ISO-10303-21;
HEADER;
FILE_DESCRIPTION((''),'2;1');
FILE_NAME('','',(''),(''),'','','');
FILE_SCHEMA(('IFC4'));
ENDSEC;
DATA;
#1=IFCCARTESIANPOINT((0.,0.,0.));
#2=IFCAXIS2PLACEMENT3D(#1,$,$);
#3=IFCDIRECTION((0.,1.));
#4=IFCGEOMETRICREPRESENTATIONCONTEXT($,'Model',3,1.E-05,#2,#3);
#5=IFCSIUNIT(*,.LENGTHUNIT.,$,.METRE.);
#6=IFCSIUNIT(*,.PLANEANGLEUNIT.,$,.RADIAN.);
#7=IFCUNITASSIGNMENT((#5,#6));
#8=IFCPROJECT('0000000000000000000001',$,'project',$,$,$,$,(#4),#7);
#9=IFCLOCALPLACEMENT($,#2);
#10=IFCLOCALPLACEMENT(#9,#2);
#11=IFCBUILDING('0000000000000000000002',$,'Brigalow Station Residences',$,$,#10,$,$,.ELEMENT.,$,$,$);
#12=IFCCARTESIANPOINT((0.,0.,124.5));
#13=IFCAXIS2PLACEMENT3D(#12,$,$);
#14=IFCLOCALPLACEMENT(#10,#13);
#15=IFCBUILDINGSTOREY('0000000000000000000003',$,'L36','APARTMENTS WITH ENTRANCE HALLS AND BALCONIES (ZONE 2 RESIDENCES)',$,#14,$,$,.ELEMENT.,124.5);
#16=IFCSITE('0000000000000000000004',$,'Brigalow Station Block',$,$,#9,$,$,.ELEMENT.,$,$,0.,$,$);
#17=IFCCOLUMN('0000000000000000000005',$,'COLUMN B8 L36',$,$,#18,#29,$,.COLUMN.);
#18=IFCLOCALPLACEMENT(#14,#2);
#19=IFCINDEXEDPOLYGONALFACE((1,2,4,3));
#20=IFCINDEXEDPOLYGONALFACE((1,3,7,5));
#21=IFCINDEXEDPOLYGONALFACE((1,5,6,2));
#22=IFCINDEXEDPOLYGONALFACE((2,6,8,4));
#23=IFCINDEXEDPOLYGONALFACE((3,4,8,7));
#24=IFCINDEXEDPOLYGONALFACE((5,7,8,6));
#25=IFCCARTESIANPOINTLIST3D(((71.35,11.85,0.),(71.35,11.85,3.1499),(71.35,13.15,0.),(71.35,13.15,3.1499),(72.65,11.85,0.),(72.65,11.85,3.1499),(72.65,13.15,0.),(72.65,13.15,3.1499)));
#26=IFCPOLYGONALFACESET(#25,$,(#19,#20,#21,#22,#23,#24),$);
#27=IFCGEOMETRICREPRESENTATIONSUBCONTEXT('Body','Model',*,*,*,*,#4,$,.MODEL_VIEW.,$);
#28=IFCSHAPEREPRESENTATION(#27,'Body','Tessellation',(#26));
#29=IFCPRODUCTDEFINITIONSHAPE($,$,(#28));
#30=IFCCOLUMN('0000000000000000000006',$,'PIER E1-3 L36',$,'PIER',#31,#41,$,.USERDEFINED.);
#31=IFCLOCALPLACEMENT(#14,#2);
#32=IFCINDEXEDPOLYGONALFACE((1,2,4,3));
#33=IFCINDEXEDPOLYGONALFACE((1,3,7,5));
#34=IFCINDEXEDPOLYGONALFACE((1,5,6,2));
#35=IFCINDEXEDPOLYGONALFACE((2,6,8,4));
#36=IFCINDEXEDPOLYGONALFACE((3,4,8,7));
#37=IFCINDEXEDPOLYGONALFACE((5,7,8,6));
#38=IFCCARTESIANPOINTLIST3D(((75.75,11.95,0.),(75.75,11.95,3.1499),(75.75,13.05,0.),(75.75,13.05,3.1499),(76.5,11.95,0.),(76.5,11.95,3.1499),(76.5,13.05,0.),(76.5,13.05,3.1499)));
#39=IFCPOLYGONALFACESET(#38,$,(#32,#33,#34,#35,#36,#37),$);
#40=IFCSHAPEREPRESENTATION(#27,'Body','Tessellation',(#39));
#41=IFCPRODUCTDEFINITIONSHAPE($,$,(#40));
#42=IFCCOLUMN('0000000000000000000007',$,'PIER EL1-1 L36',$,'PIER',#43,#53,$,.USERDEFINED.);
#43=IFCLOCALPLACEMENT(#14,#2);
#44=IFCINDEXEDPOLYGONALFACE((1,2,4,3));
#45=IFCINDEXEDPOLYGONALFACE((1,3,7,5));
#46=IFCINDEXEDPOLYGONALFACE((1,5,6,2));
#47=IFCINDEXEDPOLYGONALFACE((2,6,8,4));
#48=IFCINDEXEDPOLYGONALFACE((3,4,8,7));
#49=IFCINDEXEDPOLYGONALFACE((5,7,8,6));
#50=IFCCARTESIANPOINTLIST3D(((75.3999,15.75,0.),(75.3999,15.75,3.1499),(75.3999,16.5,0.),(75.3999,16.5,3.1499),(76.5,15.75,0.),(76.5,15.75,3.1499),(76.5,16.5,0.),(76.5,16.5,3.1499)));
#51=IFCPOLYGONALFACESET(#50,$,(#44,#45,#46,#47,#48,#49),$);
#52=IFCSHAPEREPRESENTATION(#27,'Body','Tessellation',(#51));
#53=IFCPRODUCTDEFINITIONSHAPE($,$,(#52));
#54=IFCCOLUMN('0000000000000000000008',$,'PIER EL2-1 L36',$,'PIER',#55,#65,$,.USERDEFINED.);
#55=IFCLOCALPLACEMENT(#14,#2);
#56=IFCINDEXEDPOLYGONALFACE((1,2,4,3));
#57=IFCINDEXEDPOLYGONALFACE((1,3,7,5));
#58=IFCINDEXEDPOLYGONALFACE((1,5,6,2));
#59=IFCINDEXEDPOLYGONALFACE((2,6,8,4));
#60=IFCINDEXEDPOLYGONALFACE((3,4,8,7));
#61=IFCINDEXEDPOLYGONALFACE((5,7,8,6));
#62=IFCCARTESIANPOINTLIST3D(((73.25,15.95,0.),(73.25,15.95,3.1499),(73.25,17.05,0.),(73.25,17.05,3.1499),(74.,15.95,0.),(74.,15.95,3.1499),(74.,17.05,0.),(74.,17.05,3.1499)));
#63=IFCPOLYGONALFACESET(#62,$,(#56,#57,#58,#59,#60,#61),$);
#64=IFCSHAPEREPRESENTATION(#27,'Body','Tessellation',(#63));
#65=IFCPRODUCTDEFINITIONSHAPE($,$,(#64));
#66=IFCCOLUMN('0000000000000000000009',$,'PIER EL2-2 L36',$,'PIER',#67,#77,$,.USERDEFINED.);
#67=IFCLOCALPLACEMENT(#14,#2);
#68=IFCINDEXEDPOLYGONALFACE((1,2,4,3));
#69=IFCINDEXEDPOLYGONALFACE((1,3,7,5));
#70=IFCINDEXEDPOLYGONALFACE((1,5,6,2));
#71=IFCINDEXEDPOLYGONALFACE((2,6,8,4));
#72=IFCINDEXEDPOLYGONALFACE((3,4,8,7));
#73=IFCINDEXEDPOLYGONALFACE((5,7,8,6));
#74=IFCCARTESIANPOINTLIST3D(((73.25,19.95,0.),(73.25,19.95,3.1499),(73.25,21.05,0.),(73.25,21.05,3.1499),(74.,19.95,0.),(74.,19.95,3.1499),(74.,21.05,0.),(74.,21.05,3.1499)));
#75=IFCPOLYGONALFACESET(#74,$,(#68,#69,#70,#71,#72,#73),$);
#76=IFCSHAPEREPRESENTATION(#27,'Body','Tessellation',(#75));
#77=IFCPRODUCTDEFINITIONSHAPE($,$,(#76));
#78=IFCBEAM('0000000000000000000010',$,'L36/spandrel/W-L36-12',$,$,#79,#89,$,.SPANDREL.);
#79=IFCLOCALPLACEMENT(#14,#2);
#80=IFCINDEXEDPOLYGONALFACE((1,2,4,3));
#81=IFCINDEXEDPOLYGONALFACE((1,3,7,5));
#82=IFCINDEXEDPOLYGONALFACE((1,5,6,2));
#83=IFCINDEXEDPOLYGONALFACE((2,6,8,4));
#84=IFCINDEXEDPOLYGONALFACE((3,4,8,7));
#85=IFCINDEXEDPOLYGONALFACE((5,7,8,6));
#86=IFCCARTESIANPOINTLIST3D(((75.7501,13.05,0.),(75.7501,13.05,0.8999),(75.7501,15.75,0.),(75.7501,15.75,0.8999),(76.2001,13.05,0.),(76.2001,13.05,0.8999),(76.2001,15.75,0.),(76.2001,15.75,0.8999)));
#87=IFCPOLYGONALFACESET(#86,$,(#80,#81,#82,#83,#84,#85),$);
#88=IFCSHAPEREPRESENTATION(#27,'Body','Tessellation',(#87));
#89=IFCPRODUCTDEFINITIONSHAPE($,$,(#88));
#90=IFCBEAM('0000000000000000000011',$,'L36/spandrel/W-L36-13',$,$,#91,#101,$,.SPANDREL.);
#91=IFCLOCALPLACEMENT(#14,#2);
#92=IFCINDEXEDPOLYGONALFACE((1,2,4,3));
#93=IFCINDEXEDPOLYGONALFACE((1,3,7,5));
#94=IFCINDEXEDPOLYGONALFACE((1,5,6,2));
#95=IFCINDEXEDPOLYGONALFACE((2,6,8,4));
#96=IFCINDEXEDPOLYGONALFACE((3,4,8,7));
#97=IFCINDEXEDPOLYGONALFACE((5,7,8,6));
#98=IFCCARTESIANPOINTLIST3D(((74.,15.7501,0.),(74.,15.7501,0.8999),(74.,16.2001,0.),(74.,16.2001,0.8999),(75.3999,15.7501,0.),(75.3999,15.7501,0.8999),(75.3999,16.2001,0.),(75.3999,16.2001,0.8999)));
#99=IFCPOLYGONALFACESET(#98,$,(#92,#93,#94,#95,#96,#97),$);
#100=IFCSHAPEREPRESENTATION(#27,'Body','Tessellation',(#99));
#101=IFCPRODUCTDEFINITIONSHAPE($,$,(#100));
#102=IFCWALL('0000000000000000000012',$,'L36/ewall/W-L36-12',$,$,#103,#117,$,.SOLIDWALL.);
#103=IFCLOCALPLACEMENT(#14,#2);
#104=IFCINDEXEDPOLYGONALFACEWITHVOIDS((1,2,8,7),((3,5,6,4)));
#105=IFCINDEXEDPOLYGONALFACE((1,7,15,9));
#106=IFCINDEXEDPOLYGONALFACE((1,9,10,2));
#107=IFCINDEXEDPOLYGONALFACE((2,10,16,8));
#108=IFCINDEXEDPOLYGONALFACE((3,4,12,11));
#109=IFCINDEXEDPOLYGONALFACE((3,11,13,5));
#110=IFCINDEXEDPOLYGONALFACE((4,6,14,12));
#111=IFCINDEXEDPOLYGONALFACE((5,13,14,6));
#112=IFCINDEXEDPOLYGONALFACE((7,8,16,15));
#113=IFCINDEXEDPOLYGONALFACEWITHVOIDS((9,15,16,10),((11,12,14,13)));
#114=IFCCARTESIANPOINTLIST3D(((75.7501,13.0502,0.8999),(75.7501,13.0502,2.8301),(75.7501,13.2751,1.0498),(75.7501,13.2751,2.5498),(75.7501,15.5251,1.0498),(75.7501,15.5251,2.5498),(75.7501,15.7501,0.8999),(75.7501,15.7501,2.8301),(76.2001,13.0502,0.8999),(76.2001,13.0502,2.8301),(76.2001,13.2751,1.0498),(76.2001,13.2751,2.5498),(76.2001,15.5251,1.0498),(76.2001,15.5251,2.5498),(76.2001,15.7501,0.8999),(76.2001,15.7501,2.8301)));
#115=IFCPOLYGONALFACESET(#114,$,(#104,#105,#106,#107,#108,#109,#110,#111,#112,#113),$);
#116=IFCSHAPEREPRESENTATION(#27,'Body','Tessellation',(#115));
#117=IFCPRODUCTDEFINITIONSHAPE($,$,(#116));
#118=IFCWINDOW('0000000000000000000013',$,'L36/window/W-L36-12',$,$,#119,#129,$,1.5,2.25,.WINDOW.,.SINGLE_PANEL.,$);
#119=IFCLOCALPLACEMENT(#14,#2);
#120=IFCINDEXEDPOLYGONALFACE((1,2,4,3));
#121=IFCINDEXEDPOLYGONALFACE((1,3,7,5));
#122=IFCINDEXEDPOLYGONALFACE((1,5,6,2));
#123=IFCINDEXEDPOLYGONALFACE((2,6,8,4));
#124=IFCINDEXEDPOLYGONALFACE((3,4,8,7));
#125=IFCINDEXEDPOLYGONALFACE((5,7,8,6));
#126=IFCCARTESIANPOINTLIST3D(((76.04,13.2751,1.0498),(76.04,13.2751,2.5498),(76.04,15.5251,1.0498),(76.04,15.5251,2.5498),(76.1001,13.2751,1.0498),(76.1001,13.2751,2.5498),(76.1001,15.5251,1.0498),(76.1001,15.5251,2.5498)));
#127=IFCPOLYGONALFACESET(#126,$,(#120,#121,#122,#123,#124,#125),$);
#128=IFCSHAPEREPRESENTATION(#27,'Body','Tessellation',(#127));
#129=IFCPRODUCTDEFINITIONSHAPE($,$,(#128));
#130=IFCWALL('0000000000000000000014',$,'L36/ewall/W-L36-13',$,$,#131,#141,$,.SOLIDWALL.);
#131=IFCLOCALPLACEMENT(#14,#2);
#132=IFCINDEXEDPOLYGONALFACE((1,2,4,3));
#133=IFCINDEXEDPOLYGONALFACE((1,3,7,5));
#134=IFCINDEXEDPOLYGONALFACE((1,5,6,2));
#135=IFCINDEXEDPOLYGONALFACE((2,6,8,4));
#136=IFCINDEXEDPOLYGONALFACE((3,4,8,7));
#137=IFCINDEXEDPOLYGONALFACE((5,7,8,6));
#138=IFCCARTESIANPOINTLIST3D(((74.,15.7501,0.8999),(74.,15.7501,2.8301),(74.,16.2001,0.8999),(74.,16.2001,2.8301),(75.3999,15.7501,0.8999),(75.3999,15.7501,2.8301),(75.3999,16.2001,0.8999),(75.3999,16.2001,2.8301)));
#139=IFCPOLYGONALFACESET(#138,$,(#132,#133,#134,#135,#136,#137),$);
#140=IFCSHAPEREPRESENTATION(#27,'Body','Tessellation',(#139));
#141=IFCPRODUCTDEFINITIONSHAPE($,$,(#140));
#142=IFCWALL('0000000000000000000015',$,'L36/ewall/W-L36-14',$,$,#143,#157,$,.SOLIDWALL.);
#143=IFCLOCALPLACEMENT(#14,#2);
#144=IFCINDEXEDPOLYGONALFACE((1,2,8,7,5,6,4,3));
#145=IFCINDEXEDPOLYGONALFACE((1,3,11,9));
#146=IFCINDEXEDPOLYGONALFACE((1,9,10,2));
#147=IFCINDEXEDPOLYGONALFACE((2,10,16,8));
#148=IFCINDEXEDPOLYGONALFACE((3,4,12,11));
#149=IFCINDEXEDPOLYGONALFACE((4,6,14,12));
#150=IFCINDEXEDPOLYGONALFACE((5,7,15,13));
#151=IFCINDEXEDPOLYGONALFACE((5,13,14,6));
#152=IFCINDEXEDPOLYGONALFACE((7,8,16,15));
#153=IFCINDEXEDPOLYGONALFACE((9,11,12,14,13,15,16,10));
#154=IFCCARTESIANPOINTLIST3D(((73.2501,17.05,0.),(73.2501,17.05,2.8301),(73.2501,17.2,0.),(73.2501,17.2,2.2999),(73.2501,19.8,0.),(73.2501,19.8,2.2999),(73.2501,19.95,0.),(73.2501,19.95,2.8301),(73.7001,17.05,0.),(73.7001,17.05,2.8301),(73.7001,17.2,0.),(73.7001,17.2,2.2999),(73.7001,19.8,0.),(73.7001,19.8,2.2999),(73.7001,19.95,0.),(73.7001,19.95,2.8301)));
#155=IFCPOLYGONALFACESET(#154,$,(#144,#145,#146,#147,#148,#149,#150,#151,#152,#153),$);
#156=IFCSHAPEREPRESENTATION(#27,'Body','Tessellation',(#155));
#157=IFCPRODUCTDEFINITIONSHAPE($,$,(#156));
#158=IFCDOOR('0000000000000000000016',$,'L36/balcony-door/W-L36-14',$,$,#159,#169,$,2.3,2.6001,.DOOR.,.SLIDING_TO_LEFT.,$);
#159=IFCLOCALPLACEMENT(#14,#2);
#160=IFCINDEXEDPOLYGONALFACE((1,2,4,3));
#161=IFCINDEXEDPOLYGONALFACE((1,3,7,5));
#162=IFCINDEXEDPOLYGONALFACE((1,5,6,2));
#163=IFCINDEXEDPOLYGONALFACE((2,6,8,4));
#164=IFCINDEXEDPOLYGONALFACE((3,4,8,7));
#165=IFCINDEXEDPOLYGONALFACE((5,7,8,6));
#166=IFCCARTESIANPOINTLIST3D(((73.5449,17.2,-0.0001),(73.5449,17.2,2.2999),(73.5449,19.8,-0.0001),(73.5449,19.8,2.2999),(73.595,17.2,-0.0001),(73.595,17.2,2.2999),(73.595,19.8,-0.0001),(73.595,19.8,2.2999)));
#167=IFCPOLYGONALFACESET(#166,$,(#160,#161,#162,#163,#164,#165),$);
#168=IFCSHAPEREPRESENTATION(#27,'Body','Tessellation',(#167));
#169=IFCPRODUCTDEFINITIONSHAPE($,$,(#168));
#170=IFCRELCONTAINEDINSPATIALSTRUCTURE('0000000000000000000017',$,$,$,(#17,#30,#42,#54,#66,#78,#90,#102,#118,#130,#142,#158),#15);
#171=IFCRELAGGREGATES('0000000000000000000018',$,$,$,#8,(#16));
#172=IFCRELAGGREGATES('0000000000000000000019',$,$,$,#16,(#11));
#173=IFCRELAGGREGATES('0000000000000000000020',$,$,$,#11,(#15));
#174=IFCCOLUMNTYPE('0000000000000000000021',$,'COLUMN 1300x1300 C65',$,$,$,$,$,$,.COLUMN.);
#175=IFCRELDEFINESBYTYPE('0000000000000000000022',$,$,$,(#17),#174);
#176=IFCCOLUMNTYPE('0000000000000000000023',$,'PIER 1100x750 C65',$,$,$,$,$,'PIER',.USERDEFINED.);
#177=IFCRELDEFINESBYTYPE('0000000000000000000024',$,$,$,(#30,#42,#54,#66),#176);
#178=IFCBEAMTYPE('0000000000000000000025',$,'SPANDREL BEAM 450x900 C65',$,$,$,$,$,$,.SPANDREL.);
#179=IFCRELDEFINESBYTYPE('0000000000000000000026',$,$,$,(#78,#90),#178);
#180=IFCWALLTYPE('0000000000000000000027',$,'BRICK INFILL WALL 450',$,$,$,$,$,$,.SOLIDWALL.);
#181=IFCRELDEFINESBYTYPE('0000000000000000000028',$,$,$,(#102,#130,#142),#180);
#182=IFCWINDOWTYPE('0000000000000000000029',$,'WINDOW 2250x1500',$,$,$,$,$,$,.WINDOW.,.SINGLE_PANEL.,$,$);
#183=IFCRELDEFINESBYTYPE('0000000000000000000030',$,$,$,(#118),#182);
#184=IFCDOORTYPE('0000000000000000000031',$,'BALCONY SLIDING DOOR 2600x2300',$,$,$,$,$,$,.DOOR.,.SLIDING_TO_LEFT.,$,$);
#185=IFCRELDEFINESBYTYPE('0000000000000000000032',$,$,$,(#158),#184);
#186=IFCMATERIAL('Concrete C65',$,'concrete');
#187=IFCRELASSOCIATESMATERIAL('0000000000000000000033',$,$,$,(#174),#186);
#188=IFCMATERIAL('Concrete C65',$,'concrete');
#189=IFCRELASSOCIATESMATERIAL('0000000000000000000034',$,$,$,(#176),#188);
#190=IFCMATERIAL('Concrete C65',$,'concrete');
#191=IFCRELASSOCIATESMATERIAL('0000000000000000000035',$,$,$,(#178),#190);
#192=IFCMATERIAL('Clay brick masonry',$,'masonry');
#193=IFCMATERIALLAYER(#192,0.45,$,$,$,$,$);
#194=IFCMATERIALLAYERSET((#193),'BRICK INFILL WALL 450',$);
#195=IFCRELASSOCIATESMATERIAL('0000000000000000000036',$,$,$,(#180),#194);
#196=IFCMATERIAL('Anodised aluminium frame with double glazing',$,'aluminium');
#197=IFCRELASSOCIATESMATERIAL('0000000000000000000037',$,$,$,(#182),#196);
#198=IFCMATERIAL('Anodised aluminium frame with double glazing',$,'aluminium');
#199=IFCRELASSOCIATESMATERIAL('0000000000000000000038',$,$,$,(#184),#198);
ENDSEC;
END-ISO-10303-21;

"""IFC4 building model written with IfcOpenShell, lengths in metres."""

from ifc_helpers import new_model, si_unit, direction, frame, frame_2d, origin, origin_2d, place, context, subcontext, project, spatial, rectangle, extrude, material, layer, layer_set, material_profile, profile_set, type_object, element, fill, save


model = new_model("IFC4")

# Units and contexts
model_context = context("Model", 3, precision=1e-05, world=origin(), true_north=direction((0.0, 1.0)))
body_context = subcontext(model_context, "Body", "Model", "MODEL_VIEW")
ifc_project = project(units=[si_unit("LENGTHUNIT", "METRE"), si_unit("PLANEANGLEUNIT", "RADIAN")], contexts=[model_context])

# Site, building, storey
site_placement = place(None, origin())
site = spatial("IfcSite", under=ifc_project, at=site_placement, Name="Brigalow Station Block", CompositionType="ELEMENT", RefElevation=0.0)
building_placement = place(site_placement, origin())
building = spatial("IfcBuilding", under=site, at=building_placement, Name="Brigalow Station Residences", CompositionType="ELEMENT")
storey_placement = place(building_placement, frame((0.0, 0.0, 124.5)))
storey = spatial("IfcBuildingStorey", under=building, at=storey_placement, Name="L36", Description="APARTMENTS WITH ENTRANCE HALLS AND BALCONIES (ZONE 2 RESIDENCES)", CompositionType="ELEMENT", Elevation=124.5)

# Columns
ifc_material_1 = material(Name="Concrete C65", Category="concrete")
ifc_material_profile_1 = material_profile(ifc_material_1, rectangle(XDim=1.3, YDim=1.3, at=origin_2d()), Name="RC1300x1300")
ifc_profile_set_1 = profile_set([ifc_material_profile_1], Name="Concrete C65")
column_type_1 = type_object("IfcColumnType", Name="COLUMN 1300x1300 C65", PredefinedType="COLUMN", material=ifc_profile_set_1)
column_placement = place(storey_placement, frame((72.0, 12.5, 0.0), z_axis=(0.0, 0.0, 1.0), x_axis=(1.0, 0.0, 0.0)))
element("IfcColumn", 1, at=column_placement, inside=storey, type_object=column_type_1, Name="COLUMN B8 L36", PredefinedType="COLUMN", context=body_context, shape_type="SweptSolid", body=[
    extrude(rectangle(XDim=1.3, YDim=1.3, at=origin_2d()), origin(), (0.0, 0.0, 1.0), 3.1499),
])
ifc_material_2 = material(Name="Concrete C65", Category="concrete")
ifc_material_profile_2 = material_profile(ifc_material_2, rectangle(XDim=1.1001, YDim=0.75, at=origin_2d()), Name="RC1100x750")
ifc_profile_set_2 = profile_set([ifc_material_profile_2], Name="Concrete C65")
column_type_2 = type_object("IfcColumnType", Name="PIER 1100x750 C65", ElementType="PIER", PredefinedType="USERDEFINED", material=ifc_profile_set_2)
for number, where, z_axis, x_axis, name in (
    (2, (76.125, 12.5, 0.0), (0.0, 0.0, 1.0), (0.0, 1.0, 0.0), "PIER E1-3 L36"),
    (3, (75.95, 16.125, 0.0), (0.0, 0.0, 1.0), (-1.0, 0.0, 0.0), "PIER EL1-1 L36"),
    (4, (73.625, 16.5, 0.0), (0.0, 0.0, 1.0), (0.0, 1.0, 0.0), "PIER EL2-1 L36"),
    (5, (73.625, 20.5, 0.0), (0.0, 0.0, 1.0), (0.0, 1.0, 0.0), "PIER EL2-2 L36"),
):
    element("IfcColumn", number, at=place(storey_placement, frame(where, z_axis=z_axis, x_axis=x_axis)), inside=storey, type_object=column_type_2, Name=name, ObjectType="PIER", PredefinedType="USERDEFINED", context=body_context, shape_type="SweptSolid", body=[
        extrude(rectangle(XDim=1.1001, YDim=0.75, at=origin_2d()), origin(), (0.0, 0.0, 1.0), 3.1499),
    ])

# Beams
ifc_material_3 = material(Name="Concrete C65", Category="concrete")
ifc_material_profile_3 = material_profile(ifc_material_3, rectangle(XDim=0.45, YDim=0.8999, at=origin_2d()), Name="RC450x900")
ifc_profile_set_3 = profile_set([ifc_material_profile_3], Name="Concrete C65")
beam_type = type_object("IfcBeamType", Name="SPANDREL BEAM 450x900 C65", PredefinedType="SPANDREL", material=ifc_profile_set_3)
beam_1_placement = place(storey_placement, frame((75.9751, 13.05, 0.45), z_axis=(0.0, 1.0, 0.0), x_axis=(-1.0, 0.0, 0.0)))
element("IfcBeam", 6, at=beam_1_placement, inside=storey, type_object=beam_type, Name="L36/spandrel/W-L36-12", PredefinedType="SPANDREL", context=body_context, shape_type="SweptSolid", body=[
    extrude(rectangle(XDim=0.45, YDim=0.8999, at=origin_2d()), origin(), (0.0, 0.0, 1.0), 2.7),
])
beam_2_placement = place(storey_placement, frame((75.3999, 15.9751, 0.45), z_axis=(-1.0, 0.0, 0.0), x_axis=(0.0, -1.0, 0.0)))
element("IfcBeam", 7, at=beam_2_placement, inside=storey, type_object=beam_type, Name="L36/spandrel/W-L36-13", PredefinedType="SPANDREL", context=body_context, shape_type="SweptSolid", body=[
    extrude(rectangle(XDim=0.45, YDim=0.8999, at=origin_2d()), origin(), (0.0, 0.0, 1.0), 1.3999),
])

# Wall, opening, window
ifc_material_4 = material(Name="Clay brick masonry", Category="masonry")
ifc_layer_1 = layer(ifc_material_4, 0.45)
ifc_layer_set_1 = layer_set([ifc_layer_1], Name="BRICK INFILL WALL 450")
wall_type_1 = type_object("IfcWallType", Name="BRICK INFILL WALL 450", PredefinedType="SOLIDWALL", material=ifc_layer_set_1)
wall_1_placement = place(storey_placement, frame((75.9751, 13.05, 0.8999), z_axis=(0.0, 0.0, 1.0), x_axis=(0.0, 1.0, 0.0)))
wall_1 = element("IfcWall", 8, at=wall_1_placement, inside=storey, type_object=wall_type_1, Name="L36/ewall/W-L36-12", PredefinedType="SOLIDWALL", context=body_context, shape_type="SweptSolid", body=[
    extrude(rectangle(XDim=2.7, YDim=0.45, at=frame_2d((1.3501, 0.0))), origin(), (0.0, 0.0, 1.0), 1.9302),
])
opening_1_placement = place(wall_1_placement, frame((0.2251, 0.0, 0.1499)))
opening_1 = element("IfcOpeningElement", 9, at=opening_1_placement, cuts=wall_1, PredefinedType="OPENING", context=body_context, shape_type="SweptSolid", body=[
    extrude(rectangle(XDim=2.25, YDim=1.5, at=frame_2d((1.125, 0.75))), frame((0.0, 0.2349, 0.0), z_axis=(0.0, -1.0, 0.0), x_axis=(1.0, 0.0, 0.0)), (0.0, 0.0, 1.0), 0.47),
])
ifc_material_5 = material(Name="Anodised aluminium frame with double glazing", Category="aluminium")
window_type = type_object("IfcWindowType", Name="WINDOW 2250x1500", PartitioningType="SINGLE_PANEL", PredefinedType="WINDOW", material=ifc_material_5)
window_placement = place(opening_1_placement, origin())
window = element("IfcWindow", 10, at=window_placement, inside=storey, type_object=window_type, Name="L36/window/W-L36-12", OverallHeight=1.5, OverallWidth=2.25, PartitioningType="SINGLE_PANEL", PredefinedType="WINDOW", context=body_context, shape_type="SweptSolid", body=[
    extrude(rectangle(XDim=2.25, YDim=1.5, at=frame_2d((1.125, 0.75))), frame((0.0, -0.0649, 0.0), z_axis=(0.0, -1.0, 0.0), x_axis=(1.0, 0.0, 0.0)), (0.0, 0.0, 1.0), 0.0601),
])
fill(opening_1, window)

# Wall
wall_2_placement = place(storey_placement, frame((75.3999, 15.9751, 0.8999), z_axis=(0.0, 0.0, 1.0), x_axis=(-1.0, 0.0, 0.0)))
element("IfcWall", 11, at=wall_2_placement, inside=storey, type_object=wall_type_1, Name="L36/ewall/W-L36-13", PredefinedType="SOLIDWALL", context=body_context, shape_type="SweptSolid", body=[
    extrude(rectangle(XDim=1.3999, YDim=0.45, at=frame_2d((0.7, 0.0))), origin(), (0.0, 0.0, 1.0), 1.9302),
])

# Wall, opening, door
wall_3_placement = place(storey_placement, frame((73.4751, 17.05, 0.0), z_axis=(0.0, 0.0, 1.0), x_axis=(0.0, 1.0, 0.0)))
wall_3 = element("IfcWall", 12, at=wall_3_placement, inside=storey, type_object=wall_type_1, Name="L36/ewall/W-L36-14", PredefinedType="SOLIDWALL", context=body_context, shape_type="SweptSolid", body=[
    extrude(rectangle(XDim=2.8999, YDim=0.45, at=frame_2d((1.45, 0.0))), origin(), (0.0, 0.0, 1.0), 2.8301),
])
opening_2_placement = place(wall_3_placement, frame((0.1499, 0.0, 0.0)))
opening_2 = element("IfcOpeningElement", 13, at=opening_2_placement, cuts=wall_3, PredefinedType="OPENING", context=body_context, shape_type="SweptSolid", body=[
    extrude(rectangle(XDim=2.6001, YDim=2.3, at=frame_2d((1.3, 1.1499))), frame((0.0, 0.2349, 0.0), z_axis=(0.0, -1.0, 0.0), x_axis=(1.0, 0.0, 0.0)), (0.0, 0.0, 1.0), 0.47),
])
ifc_material_6 = material(Name="Anodised aluminium frame with double glazing", Category="aluminium")
door_type_1 = type_object("IfcDoorType", Name="BALCONY SLIDING DOOR 2600x2300", OperationType="SLIDING_TO_LEFT", PredefinedType="DOOR", material=ifc_material_6)
door_1_placement = place(opening_2_placement, origin())
door_1 = element("IfcDoor", 14, at=door_1_placement, inside=storey, type_object=door_type_1, Name="L36/balcony-door/W-L36-14", OperationType="SLIDING_TO_LEFT", OverallHeight=2.3, OverallWidth=2.6001, PredefinedType="DOOR", context=body_context, shape_type="SweptSolid", body=[
    extrude(rectangle(XDim=2.6001, YDim=2.3, at=frame_2d((1.3, 1.1499))), frame((0.0, -0.0698, 0.0), z_axis=(0.0, -1.0, 0.0), x_axis=(1.0, 0.0, 0.0)), (0.0, 0.0, 1.0), 0.05),
])
fill(opening_2, door_1)

save(model, "model.ifc")
